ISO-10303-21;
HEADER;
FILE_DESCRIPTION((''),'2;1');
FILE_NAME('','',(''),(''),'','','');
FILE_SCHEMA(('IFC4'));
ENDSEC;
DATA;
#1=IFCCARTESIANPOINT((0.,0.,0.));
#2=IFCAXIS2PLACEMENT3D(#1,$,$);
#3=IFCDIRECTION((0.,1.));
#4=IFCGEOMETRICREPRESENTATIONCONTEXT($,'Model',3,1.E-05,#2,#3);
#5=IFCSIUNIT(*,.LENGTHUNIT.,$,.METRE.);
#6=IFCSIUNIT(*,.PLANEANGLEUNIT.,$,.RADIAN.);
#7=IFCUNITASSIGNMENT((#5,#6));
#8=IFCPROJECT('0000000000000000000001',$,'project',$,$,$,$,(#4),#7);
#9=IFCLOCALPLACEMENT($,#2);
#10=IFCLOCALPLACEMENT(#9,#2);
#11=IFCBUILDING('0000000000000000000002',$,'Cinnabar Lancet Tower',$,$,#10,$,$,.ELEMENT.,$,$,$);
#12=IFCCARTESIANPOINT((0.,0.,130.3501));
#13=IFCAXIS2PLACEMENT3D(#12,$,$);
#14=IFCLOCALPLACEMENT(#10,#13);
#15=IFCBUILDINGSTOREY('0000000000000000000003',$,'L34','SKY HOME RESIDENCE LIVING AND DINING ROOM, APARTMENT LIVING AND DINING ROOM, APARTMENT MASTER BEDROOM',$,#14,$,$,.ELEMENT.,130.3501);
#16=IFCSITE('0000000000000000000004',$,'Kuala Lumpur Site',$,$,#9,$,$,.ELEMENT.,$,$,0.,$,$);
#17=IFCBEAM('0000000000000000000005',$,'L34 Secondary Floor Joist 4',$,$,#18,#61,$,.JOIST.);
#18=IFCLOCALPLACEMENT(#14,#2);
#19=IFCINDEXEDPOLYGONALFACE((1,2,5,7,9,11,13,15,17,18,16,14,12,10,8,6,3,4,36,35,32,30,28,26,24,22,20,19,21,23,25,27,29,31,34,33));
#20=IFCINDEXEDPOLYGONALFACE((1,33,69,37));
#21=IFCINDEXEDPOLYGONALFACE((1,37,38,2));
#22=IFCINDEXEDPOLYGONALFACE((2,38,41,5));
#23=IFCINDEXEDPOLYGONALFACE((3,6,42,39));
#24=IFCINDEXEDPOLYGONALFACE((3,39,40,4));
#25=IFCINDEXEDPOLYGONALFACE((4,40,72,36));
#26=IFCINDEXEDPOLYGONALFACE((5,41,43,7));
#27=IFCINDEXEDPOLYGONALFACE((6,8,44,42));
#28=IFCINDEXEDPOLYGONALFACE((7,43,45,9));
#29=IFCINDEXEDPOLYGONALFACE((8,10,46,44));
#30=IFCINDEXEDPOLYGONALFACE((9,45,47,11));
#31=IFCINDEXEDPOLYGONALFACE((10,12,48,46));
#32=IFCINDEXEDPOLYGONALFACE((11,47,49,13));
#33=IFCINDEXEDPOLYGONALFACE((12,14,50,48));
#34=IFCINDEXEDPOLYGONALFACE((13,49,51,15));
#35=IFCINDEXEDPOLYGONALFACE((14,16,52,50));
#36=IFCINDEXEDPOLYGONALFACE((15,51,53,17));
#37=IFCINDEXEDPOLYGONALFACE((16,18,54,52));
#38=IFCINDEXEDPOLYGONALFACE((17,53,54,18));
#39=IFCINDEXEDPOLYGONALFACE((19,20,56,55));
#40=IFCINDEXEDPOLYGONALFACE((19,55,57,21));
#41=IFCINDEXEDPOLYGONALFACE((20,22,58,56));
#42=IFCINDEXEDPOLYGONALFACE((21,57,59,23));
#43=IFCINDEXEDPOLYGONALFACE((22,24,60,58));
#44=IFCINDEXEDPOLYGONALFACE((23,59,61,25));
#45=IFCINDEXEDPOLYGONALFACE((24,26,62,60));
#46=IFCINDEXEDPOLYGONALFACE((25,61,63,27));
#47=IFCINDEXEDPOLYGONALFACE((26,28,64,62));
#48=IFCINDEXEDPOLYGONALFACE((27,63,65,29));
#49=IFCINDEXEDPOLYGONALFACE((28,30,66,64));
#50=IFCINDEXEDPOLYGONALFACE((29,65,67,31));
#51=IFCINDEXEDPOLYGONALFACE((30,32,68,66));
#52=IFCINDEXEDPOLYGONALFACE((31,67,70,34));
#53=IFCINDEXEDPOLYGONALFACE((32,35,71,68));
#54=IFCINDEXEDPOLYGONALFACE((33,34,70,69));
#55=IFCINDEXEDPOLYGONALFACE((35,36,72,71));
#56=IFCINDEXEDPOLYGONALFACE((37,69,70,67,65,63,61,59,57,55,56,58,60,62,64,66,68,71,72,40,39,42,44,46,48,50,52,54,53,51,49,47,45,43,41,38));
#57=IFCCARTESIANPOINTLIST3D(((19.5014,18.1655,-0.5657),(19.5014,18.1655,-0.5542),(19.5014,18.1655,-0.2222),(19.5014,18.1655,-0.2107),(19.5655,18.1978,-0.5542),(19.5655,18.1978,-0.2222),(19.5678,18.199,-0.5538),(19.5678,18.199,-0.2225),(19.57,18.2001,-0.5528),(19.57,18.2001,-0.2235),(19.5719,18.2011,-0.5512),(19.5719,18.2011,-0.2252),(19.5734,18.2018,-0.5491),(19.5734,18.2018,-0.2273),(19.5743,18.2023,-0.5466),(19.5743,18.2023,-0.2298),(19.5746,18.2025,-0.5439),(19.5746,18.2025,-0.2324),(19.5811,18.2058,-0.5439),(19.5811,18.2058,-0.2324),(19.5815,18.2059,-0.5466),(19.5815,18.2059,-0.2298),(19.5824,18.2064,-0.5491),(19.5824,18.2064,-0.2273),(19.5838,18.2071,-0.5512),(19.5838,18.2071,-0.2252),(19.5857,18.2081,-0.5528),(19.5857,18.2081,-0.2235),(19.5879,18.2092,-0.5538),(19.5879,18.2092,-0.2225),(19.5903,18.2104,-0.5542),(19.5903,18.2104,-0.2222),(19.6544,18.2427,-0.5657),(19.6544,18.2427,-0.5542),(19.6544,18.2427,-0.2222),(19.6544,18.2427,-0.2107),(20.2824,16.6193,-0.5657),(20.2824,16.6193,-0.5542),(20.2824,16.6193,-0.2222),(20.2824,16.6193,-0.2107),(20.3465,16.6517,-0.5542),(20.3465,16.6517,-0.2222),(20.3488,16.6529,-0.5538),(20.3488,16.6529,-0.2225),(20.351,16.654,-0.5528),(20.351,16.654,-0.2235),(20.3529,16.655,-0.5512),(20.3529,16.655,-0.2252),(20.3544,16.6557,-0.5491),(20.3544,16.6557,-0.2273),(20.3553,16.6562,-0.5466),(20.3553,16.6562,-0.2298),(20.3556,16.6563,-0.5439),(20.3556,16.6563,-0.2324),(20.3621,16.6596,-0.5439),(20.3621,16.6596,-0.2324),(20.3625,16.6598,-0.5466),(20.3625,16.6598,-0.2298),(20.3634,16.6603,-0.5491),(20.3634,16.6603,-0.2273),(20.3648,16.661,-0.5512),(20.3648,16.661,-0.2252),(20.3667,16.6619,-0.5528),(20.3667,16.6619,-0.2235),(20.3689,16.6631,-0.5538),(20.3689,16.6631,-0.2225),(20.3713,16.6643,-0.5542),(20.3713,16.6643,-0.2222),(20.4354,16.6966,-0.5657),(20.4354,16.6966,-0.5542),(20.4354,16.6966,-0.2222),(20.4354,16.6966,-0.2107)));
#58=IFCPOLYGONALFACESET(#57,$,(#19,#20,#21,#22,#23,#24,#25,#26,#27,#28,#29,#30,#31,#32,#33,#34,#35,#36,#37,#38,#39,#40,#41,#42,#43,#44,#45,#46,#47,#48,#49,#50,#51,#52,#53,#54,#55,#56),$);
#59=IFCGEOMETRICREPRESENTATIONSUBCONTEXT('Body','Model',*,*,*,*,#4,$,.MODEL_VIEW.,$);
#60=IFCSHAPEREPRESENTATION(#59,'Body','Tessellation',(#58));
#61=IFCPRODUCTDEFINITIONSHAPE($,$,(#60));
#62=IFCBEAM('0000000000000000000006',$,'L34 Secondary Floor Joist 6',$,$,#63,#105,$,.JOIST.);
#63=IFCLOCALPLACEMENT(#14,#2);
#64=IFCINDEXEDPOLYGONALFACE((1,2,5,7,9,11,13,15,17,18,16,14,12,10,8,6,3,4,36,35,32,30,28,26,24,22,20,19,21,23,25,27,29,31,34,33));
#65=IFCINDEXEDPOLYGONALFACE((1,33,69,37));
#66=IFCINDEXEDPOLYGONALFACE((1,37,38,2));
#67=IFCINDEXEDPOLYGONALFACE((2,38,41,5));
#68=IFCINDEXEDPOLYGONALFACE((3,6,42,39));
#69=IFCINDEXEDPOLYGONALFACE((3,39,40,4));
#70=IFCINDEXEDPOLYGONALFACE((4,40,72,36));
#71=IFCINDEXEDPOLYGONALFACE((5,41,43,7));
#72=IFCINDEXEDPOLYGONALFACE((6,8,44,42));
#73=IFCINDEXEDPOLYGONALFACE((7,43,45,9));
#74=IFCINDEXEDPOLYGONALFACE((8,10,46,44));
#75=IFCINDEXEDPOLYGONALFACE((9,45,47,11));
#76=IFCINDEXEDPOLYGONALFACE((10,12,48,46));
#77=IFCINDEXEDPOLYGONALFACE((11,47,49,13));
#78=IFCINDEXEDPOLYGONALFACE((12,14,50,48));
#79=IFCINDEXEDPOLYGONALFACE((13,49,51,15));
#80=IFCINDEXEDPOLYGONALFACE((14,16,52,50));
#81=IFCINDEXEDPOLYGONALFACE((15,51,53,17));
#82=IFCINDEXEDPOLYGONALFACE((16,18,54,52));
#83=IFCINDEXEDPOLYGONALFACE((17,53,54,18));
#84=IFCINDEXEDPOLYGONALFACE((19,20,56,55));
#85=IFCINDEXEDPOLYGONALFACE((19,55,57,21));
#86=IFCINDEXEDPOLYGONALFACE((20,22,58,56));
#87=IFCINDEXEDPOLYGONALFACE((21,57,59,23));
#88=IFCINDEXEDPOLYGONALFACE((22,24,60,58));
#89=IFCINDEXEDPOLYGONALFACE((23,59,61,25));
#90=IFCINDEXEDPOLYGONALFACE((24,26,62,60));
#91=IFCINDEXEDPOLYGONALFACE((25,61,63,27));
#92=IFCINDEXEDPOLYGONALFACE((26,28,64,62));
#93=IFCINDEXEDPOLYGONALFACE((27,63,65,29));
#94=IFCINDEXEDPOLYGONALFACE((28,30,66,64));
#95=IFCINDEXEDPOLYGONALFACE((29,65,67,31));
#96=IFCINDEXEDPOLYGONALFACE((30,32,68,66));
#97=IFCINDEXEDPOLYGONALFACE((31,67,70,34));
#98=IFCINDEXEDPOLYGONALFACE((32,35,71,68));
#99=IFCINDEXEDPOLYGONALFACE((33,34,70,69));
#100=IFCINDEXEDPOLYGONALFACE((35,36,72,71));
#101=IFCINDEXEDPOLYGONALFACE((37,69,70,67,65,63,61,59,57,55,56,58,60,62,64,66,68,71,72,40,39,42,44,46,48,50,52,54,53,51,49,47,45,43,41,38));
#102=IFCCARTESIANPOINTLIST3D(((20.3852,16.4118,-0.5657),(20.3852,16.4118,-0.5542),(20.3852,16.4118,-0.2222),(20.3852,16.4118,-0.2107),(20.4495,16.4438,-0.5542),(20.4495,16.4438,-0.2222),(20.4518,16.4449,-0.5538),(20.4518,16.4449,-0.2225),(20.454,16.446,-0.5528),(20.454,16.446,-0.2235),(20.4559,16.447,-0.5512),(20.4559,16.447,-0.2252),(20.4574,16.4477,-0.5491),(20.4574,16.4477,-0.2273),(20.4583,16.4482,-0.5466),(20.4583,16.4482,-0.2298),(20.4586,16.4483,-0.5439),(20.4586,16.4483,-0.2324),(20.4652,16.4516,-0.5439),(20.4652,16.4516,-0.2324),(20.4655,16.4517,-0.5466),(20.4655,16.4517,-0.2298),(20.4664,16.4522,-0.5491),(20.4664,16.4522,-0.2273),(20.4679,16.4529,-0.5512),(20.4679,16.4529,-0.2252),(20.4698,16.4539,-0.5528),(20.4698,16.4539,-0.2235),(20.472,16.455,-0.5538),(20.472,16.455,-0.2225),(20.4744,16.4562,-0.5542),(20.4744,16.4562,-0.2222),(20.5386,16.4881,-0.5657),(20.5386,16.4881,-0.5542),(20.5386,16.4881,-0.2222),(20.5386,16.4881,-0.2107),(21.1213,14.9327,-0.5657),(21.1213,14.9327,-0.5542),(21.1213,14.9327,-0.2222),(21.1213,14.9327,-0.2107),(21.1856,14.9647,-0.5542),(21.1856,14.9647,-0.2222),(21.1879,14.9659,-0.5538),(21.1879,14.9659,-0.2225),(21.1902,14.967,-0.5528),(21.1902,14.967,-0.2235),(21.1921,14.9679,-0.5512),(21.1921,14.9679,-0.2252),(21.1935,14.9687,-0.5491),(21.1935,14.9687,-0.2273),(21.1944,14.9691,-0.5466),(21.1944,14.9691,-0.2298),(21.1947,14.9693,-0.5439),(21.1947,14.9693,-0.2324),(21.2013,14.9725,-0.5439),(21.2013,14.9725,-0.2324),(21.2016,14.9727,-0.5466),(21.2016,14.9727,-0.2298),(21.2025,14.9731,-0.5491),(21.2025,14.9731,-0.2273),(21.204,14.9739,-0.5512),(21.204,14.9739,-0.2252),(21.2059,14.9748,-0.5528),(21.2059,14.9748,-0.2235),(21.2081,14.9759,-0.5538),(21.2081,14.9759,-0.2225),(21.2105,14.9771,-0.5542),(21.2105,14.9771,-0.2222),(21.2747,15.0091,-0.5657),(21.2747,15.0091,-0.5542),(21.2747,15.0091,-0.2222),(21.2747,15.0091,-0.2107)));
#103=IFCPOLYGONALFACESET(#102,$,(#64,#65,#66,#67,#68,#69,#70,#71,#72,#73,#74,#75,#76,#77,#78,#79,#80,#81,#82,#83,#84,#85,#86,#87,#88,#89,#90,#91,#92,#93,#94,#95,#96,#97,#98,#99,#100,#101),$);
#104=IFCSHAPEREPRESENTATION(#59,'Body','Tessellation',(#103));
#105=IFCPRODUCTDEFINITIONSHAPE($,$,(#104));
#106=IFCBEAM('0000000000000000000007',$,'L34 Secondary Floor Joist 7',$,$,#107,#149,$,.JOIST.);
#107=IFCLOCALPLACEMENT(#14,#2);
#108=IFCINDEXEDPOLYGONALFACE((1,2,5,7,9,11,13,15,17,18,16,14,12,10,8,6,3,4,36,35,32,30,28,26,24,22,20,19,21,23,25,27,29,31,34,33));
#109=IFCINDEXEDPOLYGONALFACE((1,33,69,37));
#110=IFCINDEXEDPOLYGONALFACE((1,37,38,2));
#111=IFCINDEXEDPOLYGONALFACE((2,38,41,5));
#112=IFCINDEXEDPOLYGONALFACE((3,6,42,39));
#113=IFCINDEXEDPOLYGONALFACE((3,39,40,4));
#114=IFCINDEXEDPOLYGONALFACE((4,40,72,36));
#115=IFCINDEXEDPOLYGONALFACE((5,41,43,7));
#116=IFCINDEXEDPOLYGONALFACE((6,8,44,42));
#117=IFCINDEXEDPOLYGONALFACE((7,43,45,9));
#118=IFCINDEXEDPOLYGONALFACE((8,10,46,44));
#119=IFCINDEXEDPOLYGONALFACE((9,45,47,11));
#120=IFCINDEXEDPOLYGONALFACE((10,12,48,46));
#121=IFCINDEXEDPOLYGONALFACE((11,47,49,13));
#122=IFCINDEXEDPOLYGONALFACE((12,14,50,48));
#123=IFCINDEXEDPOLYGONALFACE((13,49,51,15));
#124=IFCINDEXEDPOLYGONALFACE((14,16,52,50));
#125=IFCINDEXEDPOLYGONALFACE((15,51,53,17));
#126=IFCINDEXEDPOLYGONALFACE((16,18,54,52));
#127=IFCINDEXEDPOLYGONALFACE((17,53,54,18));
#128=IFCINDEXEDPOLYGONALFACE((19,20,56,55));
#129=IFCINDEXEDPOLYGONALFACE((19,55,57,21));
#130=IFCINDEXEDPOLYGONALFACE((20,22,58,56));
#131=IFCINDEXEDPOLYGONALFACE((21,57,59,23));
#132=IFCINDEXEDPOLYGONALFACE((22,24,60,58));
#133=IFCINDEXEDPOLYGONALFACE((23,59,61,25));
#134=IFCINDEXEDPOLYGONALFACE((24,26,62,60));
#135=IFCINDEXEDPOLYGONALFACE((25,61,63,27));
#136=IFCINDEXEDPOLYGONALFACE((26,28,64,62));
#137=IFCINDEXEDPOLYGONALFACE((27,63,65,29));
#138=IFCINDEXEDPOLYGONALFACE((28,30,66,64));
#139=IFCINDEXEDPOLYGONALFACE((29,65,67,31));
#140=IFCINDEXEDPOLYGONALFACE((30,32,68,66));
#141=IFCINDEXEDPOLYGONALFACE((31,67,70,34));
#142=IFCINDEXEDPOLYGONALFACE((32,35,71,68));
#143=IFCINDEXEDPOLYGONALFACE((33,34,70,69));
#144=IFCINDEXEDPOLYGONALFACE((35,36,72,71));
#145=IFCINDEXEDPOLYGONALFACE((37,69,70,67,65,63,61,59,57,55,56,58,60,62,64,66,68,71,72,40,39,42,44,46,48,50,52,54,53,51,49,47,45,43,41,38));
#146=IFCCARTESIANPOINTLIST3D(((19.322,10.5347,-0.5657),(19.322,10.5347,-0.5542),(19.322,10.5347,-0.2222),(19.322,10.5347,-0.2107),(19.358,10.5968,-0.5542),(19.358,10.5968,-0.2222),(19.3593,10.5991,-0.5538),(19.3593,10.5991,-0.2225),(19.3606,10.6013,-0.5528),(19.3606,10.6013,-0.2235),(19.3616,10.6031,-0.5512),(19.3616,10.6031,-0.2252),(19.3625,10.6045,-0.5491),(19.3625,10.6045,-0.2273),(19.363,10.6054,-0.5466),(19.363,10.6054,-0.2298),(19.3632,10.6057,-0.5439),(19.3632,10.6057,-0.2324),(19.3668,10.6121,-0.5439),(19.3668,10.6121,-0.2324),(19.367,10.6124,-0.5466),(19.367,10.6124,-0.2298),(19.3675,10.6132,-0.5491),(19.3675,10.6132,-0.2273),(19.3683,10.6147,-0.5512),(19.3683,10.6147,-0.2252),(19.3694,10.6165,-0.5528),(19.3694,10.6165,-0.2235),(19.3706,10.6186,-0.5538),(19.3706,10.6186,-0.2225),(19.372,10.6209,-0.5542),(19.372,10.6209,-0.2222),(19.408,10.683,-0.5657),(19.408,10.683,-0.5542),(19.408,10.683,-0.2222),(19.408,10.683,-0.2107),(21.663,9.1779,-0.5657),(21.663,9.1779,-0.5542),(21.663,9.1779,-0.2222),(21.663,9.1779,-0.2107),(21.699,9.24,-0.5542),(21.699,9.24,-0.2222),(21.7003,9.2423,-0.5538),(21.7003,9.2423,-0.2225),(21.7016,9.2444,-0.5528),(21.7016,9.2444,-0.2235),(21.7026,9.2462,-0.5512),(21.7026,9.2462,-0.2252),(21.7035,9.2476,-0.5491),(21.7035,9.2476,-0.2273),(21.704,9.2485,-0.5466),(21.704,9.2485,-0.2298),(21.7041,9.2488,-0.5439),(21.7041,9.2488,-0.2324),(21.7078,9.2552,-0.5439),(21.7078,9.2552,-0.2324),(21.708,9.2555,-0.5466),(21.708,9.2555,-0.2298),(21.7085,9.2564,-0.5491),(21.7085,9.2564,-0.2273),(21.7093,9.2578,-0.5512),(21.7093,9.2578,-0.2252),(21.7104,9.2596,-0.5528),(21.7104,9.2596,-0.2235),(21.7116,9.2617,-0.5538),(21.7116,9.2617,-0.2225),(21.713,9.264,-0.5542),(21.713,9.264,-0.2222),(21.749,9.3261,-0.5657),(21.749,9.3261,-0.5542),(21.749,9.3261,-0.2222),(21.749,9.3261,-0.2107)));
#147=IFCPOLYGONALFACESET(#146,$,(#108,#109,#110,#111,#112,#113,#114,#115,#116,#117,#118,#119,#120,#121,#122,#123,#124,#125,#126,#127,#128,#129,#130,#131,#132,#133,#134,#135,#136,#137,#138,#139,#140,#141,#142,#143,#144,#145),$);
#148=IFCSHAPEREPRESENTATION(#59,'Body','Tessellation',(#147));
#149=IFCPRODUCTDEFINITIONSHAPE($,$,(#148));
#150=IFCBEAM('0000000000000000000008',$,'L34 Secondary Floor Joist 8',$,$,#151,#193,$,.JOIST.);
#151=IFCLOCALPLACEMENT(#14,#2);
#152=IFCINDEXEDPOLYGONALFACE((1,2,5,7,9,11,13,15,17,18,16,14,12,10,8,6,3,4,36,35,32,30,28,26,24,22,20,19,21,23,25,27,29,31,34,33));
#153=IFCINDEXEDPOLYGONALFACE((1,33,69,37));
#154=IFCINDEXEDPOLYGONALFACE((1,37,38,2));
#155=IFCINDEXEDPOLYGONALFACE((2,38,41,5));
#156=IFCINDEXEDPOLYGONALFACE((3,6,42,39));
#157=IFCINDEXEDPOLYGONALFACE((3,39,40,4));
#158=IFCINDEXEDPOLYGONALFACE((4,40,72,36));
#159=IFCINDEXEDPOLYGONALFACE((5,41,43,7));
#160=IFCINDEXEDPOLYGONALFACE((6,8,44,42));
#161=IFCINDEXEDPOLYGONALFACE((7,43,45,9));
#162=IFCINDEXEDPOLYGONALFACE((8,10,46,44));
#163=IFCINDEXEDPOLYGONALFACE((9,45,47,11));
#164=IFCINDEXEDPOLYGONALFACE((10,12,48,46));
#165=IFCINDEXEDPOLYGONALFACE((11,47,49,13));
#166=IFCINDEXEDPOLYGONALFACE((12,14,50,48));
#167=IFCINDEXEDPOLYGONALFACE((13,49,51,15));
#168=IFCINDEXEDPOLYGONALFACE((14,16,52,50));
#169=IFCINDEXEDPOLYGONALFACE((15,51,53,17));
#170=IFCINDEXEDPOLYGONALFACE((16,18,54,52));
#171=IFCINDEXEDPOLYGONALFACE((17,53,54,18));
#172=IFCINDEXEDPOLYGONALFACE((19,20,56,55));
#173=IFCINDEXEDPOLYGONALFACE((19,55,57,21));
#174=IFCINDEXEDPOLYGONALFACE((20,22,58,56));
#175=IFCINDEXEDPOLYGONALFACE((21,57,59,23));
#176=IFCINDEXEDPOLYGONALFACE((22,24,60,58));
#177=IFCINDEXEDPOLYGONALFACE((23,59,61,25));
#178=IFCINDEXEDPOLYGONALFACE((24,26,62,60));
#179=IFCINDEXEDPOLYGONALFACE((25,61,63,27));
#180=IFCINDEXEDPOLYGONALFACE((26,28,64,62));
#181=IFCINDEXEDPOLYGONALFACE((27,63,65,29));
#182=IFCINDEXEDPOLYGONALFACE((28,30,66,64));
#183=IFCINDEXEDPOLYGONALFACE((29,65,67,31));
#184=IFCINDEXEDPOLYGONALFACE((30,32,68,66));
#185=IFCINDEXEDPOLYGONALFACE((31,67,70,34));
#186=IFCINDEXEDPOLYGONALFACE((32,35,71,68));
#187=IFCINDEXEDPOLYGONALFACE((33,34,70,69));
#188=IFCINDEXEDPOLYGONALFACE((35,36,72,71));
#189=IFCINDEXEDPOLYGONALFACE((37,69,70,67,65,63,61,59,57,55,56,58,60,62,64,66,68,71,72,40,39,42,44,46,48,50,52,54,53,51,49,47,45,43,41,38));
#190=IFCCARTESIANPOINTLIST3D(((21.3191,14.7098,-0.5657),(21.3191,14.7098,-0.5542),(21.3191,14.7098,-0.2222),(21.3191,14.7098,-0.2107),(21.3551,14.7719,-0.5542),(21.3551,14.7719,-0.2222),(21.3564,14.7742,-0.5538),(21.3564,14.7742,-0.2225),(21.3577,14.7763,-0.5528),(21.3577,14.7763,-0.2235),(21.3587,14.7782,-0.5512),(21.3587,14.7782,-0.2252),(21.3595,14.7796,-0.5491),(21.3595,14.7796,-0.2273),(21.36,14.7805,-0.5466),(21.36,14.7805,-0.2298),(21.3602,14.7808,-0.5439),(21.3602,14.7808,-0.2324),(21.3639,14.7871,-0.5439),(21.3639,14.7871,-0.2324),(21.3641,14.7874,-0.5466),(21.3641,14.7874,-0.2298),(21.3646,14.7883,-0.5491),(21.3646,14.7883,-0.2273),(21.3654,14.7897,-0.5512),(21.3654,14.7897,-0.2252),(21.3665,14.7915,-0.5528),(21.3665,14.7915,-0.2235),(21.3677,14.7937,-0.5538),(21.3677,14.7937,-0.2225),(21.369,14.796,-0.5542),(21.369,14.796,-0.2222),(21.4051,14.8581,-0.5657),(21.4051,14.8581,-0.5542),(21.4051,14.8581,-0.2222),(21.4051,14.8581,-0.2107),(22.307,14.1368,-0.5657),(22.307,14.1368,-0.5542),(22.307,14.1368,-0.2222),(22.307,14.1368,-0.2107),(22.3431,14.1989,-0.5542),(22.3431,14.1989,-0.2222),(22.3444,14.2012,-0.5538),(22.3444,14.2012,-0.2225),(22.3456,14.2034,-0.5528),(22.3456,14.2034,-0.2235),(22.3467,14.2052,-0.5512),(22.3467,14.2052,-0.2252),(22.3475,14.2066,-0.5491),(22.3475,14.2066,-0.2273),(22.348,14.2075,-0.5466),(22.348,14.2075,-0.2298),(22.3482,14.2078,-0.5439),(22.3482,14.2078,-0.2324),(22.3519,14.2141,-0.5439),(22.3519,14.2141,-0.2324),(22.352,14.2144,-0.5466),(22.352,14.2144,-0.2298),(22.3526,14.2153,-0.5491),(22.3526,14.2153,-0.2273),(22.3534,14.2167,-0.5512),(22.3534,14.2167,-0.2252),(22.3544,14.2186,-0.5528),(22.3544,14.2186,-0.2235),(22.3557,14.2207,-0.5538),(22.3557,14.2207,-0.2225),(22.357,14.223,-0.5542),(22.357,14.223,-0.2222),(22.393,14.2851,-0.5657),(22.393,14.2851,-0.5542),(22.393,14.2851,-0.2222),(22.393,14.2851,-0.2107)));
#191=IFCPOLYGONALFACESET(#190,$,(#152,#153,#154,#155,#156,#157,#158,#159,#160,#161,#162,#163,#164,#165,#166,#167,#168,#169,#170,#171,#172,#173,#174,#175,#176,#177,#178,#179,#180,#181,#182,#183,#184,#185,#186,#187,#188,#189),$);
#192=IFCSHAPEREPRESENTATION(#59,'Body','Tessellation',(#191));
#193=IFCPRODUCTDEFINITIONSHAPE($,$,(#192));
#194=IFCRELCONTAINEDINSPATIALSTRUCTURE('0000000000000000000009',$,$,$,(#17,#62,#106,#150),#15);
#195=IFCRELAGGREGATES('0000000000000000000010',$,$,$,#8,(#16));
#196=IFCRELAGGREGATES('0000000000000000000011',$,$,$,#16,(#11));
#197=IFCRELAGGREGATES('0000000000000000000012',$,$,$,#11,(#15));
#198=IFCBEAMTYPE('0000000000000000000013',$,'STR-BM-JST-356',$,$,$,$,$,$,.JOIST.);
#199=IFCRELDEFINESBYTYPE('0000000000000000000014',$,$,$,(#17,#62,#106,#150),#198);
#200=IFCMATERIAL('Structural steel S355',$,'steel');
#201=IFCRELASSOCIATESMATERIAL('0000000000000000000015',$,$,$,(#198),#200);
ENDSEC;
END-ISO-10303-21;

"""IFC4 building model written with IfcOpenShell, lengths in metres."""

from ifc_helpers import new_model, si_unit, direction, frame, origin, origin_2d, place, context, subcontext, project, spatial, i_section, extrude, material, material_profile, profile_set, type_object, element, save


model = new_model("IFC4")

# Units and contexts
model_context = context("Model", 3, precision=1e-05, world=origin(), true_north=direction((0.0, 1.0)))
body_context = subcontext(model_context, "Body", "Model", "MODEL_VIEW")
ifc_project = project(units=[si_unit("LENGTHUNIT", "METRE"), si_unit("PLANEANGLEUNIT", "RADIAN")], contexts=[model_context])

# Site, building, storey
site_placement = place(None, origin())
site = spatial("IfcSite", under=ifc_project, at=site_placement, Name="Kuala Lumpur Site", CompositionType="ELEMENT", RefElevation=0.0)
building_placement = place(site_placement, origin())
building = spatial("IfcBuilding", under=site, at=building_placement, Name="Cinnabar Lancet Tower", CompositionType="ELEMENT")
storey_placement = place(building_placement, frame((0.0, 0.0, 130.3501)))
storey = spatial("IfcBuildingStorey", under=building, at=storey_placement, Name="L34", Description="SKY HOME RESIDENCE LIVING AND DINING ROOM, APARTMENT LIVING AND DINING ROOM, APARTMENT MASTER BEDROOM", CompositionType="ELEMENT", Elevation=130.3501)

# Beams
ifc_material_1 = material(Name="Structural steel S355", Category="steel")
ifc_material_profile = material_profile(ifc_material_1, i_section(OverallWidth=0.1714, OverallDepth=0.355, WebThickness=0.0073, FlangeThickness=0.0115, FilletRadius=0.0103, at=origin_2d()), Name="UKB 356x171x51")
ifc_profile_set = profile_set([ifc_material_profile], Name="Structural steel S355")
beam_type = type_object("IfcBeamType", Name="STR-BM-JST-356", PredefinedType="JOIST", material=ifc_profile_set)
beam_1_placement = place(storey_placement, frame((19.5779, 18.2041, -0.3882), z_axis=(0.450874, -0.892587, 0.0), x_axis=(0.892587, 0.450874, 0.0)))
element("IfcBeam", 1, at=beam_1_placement, inside=storey, type_object=beam_type, Name="L34 Secondary Floor Joist 4", PredefinedType="JOIST", context=body_context, shape_type="SweptSolid", body=[
    extrude(i_section(OverallWidth=0.1714, OverallDepth=0.355, WebThickness=0.0073, FlangeThickness=0.0115, FilletRadius=0.0103, at=origin_2d()), origin(), (0.0, 0.0, 1.0), 1.7322),
])
beam_2_placement = place(storey_placement, frame((20.4619, 16.45, -0.3882), z_axis=(0.445558, -0.895253, 0.0), x_axis=(0.895253, 0.445558, 0.0)))
element("IfcBeam", 2, at=beam_2_placement, inside=storey, type_object=beam_type, Name="L34 Secondary Floor Joist 6", PredefinedType="JOIST", context=body_context, shape_type="SweptSolid", body=[
    extrude(i_section(OverallWidth=0.1714, OverallDepth=0.355, WebThickness=0.0073, FlangeThickness=0.0115, FilletRadius=0.0103, at=origin_2d()), origin(), (0.0, 0.0, 1.0), 1.6521),
])
beam_3_placement = place(storey_placement, frame((19.365, 10.6089, -0.3882), z_axis=(0.865173, -0.501474, 0.0), x_axis=(0.501474, 0.865173, 0.0)))
element("IfcBeam", 3, at=beam_3_placement, inside=storey, type_object=beam_type, Name="L34 Secondary Floor Joist 7", PredefinedType="JOIST", context=body_context, shape_type="SweptSolid", body=[
    extrude(i_section(OverallWidth=0.1714, OverallDepth=0.355, WebThickness=0.0073, FlangeThickness=0.0115, FilletRadius=0.0103, at=origin_2d()), origin(), (0.0, 0.0, 1.0), 2.7058),
])
beam_4_placement = place(storey_placement, frame((21.3621, 14.7839, -0.3882), z_axis=(0.865055, -0.501677, 0.0), x_axis=(0.501677, 0.865055, 0.0)))
element("IfcBeam", 4, at=beam_4_placement, inside=storey, type_object=beam_type, Name="L34 Secondary Floor Joist 8", PredefinedType="JOIST", context=body_context, shape_type="SweptSolid", body=[
    extrude(i_section(OverallWidth=0.1714, OverallDepth=0.355, WebThickness=0.0073, FlangeThickness=0.0115, FilletRadius=0.0103, at=origin_2d()), origin(), (0.0, 0.0, 1.0), 1.1421),
])

save(model, "model.ifc")
